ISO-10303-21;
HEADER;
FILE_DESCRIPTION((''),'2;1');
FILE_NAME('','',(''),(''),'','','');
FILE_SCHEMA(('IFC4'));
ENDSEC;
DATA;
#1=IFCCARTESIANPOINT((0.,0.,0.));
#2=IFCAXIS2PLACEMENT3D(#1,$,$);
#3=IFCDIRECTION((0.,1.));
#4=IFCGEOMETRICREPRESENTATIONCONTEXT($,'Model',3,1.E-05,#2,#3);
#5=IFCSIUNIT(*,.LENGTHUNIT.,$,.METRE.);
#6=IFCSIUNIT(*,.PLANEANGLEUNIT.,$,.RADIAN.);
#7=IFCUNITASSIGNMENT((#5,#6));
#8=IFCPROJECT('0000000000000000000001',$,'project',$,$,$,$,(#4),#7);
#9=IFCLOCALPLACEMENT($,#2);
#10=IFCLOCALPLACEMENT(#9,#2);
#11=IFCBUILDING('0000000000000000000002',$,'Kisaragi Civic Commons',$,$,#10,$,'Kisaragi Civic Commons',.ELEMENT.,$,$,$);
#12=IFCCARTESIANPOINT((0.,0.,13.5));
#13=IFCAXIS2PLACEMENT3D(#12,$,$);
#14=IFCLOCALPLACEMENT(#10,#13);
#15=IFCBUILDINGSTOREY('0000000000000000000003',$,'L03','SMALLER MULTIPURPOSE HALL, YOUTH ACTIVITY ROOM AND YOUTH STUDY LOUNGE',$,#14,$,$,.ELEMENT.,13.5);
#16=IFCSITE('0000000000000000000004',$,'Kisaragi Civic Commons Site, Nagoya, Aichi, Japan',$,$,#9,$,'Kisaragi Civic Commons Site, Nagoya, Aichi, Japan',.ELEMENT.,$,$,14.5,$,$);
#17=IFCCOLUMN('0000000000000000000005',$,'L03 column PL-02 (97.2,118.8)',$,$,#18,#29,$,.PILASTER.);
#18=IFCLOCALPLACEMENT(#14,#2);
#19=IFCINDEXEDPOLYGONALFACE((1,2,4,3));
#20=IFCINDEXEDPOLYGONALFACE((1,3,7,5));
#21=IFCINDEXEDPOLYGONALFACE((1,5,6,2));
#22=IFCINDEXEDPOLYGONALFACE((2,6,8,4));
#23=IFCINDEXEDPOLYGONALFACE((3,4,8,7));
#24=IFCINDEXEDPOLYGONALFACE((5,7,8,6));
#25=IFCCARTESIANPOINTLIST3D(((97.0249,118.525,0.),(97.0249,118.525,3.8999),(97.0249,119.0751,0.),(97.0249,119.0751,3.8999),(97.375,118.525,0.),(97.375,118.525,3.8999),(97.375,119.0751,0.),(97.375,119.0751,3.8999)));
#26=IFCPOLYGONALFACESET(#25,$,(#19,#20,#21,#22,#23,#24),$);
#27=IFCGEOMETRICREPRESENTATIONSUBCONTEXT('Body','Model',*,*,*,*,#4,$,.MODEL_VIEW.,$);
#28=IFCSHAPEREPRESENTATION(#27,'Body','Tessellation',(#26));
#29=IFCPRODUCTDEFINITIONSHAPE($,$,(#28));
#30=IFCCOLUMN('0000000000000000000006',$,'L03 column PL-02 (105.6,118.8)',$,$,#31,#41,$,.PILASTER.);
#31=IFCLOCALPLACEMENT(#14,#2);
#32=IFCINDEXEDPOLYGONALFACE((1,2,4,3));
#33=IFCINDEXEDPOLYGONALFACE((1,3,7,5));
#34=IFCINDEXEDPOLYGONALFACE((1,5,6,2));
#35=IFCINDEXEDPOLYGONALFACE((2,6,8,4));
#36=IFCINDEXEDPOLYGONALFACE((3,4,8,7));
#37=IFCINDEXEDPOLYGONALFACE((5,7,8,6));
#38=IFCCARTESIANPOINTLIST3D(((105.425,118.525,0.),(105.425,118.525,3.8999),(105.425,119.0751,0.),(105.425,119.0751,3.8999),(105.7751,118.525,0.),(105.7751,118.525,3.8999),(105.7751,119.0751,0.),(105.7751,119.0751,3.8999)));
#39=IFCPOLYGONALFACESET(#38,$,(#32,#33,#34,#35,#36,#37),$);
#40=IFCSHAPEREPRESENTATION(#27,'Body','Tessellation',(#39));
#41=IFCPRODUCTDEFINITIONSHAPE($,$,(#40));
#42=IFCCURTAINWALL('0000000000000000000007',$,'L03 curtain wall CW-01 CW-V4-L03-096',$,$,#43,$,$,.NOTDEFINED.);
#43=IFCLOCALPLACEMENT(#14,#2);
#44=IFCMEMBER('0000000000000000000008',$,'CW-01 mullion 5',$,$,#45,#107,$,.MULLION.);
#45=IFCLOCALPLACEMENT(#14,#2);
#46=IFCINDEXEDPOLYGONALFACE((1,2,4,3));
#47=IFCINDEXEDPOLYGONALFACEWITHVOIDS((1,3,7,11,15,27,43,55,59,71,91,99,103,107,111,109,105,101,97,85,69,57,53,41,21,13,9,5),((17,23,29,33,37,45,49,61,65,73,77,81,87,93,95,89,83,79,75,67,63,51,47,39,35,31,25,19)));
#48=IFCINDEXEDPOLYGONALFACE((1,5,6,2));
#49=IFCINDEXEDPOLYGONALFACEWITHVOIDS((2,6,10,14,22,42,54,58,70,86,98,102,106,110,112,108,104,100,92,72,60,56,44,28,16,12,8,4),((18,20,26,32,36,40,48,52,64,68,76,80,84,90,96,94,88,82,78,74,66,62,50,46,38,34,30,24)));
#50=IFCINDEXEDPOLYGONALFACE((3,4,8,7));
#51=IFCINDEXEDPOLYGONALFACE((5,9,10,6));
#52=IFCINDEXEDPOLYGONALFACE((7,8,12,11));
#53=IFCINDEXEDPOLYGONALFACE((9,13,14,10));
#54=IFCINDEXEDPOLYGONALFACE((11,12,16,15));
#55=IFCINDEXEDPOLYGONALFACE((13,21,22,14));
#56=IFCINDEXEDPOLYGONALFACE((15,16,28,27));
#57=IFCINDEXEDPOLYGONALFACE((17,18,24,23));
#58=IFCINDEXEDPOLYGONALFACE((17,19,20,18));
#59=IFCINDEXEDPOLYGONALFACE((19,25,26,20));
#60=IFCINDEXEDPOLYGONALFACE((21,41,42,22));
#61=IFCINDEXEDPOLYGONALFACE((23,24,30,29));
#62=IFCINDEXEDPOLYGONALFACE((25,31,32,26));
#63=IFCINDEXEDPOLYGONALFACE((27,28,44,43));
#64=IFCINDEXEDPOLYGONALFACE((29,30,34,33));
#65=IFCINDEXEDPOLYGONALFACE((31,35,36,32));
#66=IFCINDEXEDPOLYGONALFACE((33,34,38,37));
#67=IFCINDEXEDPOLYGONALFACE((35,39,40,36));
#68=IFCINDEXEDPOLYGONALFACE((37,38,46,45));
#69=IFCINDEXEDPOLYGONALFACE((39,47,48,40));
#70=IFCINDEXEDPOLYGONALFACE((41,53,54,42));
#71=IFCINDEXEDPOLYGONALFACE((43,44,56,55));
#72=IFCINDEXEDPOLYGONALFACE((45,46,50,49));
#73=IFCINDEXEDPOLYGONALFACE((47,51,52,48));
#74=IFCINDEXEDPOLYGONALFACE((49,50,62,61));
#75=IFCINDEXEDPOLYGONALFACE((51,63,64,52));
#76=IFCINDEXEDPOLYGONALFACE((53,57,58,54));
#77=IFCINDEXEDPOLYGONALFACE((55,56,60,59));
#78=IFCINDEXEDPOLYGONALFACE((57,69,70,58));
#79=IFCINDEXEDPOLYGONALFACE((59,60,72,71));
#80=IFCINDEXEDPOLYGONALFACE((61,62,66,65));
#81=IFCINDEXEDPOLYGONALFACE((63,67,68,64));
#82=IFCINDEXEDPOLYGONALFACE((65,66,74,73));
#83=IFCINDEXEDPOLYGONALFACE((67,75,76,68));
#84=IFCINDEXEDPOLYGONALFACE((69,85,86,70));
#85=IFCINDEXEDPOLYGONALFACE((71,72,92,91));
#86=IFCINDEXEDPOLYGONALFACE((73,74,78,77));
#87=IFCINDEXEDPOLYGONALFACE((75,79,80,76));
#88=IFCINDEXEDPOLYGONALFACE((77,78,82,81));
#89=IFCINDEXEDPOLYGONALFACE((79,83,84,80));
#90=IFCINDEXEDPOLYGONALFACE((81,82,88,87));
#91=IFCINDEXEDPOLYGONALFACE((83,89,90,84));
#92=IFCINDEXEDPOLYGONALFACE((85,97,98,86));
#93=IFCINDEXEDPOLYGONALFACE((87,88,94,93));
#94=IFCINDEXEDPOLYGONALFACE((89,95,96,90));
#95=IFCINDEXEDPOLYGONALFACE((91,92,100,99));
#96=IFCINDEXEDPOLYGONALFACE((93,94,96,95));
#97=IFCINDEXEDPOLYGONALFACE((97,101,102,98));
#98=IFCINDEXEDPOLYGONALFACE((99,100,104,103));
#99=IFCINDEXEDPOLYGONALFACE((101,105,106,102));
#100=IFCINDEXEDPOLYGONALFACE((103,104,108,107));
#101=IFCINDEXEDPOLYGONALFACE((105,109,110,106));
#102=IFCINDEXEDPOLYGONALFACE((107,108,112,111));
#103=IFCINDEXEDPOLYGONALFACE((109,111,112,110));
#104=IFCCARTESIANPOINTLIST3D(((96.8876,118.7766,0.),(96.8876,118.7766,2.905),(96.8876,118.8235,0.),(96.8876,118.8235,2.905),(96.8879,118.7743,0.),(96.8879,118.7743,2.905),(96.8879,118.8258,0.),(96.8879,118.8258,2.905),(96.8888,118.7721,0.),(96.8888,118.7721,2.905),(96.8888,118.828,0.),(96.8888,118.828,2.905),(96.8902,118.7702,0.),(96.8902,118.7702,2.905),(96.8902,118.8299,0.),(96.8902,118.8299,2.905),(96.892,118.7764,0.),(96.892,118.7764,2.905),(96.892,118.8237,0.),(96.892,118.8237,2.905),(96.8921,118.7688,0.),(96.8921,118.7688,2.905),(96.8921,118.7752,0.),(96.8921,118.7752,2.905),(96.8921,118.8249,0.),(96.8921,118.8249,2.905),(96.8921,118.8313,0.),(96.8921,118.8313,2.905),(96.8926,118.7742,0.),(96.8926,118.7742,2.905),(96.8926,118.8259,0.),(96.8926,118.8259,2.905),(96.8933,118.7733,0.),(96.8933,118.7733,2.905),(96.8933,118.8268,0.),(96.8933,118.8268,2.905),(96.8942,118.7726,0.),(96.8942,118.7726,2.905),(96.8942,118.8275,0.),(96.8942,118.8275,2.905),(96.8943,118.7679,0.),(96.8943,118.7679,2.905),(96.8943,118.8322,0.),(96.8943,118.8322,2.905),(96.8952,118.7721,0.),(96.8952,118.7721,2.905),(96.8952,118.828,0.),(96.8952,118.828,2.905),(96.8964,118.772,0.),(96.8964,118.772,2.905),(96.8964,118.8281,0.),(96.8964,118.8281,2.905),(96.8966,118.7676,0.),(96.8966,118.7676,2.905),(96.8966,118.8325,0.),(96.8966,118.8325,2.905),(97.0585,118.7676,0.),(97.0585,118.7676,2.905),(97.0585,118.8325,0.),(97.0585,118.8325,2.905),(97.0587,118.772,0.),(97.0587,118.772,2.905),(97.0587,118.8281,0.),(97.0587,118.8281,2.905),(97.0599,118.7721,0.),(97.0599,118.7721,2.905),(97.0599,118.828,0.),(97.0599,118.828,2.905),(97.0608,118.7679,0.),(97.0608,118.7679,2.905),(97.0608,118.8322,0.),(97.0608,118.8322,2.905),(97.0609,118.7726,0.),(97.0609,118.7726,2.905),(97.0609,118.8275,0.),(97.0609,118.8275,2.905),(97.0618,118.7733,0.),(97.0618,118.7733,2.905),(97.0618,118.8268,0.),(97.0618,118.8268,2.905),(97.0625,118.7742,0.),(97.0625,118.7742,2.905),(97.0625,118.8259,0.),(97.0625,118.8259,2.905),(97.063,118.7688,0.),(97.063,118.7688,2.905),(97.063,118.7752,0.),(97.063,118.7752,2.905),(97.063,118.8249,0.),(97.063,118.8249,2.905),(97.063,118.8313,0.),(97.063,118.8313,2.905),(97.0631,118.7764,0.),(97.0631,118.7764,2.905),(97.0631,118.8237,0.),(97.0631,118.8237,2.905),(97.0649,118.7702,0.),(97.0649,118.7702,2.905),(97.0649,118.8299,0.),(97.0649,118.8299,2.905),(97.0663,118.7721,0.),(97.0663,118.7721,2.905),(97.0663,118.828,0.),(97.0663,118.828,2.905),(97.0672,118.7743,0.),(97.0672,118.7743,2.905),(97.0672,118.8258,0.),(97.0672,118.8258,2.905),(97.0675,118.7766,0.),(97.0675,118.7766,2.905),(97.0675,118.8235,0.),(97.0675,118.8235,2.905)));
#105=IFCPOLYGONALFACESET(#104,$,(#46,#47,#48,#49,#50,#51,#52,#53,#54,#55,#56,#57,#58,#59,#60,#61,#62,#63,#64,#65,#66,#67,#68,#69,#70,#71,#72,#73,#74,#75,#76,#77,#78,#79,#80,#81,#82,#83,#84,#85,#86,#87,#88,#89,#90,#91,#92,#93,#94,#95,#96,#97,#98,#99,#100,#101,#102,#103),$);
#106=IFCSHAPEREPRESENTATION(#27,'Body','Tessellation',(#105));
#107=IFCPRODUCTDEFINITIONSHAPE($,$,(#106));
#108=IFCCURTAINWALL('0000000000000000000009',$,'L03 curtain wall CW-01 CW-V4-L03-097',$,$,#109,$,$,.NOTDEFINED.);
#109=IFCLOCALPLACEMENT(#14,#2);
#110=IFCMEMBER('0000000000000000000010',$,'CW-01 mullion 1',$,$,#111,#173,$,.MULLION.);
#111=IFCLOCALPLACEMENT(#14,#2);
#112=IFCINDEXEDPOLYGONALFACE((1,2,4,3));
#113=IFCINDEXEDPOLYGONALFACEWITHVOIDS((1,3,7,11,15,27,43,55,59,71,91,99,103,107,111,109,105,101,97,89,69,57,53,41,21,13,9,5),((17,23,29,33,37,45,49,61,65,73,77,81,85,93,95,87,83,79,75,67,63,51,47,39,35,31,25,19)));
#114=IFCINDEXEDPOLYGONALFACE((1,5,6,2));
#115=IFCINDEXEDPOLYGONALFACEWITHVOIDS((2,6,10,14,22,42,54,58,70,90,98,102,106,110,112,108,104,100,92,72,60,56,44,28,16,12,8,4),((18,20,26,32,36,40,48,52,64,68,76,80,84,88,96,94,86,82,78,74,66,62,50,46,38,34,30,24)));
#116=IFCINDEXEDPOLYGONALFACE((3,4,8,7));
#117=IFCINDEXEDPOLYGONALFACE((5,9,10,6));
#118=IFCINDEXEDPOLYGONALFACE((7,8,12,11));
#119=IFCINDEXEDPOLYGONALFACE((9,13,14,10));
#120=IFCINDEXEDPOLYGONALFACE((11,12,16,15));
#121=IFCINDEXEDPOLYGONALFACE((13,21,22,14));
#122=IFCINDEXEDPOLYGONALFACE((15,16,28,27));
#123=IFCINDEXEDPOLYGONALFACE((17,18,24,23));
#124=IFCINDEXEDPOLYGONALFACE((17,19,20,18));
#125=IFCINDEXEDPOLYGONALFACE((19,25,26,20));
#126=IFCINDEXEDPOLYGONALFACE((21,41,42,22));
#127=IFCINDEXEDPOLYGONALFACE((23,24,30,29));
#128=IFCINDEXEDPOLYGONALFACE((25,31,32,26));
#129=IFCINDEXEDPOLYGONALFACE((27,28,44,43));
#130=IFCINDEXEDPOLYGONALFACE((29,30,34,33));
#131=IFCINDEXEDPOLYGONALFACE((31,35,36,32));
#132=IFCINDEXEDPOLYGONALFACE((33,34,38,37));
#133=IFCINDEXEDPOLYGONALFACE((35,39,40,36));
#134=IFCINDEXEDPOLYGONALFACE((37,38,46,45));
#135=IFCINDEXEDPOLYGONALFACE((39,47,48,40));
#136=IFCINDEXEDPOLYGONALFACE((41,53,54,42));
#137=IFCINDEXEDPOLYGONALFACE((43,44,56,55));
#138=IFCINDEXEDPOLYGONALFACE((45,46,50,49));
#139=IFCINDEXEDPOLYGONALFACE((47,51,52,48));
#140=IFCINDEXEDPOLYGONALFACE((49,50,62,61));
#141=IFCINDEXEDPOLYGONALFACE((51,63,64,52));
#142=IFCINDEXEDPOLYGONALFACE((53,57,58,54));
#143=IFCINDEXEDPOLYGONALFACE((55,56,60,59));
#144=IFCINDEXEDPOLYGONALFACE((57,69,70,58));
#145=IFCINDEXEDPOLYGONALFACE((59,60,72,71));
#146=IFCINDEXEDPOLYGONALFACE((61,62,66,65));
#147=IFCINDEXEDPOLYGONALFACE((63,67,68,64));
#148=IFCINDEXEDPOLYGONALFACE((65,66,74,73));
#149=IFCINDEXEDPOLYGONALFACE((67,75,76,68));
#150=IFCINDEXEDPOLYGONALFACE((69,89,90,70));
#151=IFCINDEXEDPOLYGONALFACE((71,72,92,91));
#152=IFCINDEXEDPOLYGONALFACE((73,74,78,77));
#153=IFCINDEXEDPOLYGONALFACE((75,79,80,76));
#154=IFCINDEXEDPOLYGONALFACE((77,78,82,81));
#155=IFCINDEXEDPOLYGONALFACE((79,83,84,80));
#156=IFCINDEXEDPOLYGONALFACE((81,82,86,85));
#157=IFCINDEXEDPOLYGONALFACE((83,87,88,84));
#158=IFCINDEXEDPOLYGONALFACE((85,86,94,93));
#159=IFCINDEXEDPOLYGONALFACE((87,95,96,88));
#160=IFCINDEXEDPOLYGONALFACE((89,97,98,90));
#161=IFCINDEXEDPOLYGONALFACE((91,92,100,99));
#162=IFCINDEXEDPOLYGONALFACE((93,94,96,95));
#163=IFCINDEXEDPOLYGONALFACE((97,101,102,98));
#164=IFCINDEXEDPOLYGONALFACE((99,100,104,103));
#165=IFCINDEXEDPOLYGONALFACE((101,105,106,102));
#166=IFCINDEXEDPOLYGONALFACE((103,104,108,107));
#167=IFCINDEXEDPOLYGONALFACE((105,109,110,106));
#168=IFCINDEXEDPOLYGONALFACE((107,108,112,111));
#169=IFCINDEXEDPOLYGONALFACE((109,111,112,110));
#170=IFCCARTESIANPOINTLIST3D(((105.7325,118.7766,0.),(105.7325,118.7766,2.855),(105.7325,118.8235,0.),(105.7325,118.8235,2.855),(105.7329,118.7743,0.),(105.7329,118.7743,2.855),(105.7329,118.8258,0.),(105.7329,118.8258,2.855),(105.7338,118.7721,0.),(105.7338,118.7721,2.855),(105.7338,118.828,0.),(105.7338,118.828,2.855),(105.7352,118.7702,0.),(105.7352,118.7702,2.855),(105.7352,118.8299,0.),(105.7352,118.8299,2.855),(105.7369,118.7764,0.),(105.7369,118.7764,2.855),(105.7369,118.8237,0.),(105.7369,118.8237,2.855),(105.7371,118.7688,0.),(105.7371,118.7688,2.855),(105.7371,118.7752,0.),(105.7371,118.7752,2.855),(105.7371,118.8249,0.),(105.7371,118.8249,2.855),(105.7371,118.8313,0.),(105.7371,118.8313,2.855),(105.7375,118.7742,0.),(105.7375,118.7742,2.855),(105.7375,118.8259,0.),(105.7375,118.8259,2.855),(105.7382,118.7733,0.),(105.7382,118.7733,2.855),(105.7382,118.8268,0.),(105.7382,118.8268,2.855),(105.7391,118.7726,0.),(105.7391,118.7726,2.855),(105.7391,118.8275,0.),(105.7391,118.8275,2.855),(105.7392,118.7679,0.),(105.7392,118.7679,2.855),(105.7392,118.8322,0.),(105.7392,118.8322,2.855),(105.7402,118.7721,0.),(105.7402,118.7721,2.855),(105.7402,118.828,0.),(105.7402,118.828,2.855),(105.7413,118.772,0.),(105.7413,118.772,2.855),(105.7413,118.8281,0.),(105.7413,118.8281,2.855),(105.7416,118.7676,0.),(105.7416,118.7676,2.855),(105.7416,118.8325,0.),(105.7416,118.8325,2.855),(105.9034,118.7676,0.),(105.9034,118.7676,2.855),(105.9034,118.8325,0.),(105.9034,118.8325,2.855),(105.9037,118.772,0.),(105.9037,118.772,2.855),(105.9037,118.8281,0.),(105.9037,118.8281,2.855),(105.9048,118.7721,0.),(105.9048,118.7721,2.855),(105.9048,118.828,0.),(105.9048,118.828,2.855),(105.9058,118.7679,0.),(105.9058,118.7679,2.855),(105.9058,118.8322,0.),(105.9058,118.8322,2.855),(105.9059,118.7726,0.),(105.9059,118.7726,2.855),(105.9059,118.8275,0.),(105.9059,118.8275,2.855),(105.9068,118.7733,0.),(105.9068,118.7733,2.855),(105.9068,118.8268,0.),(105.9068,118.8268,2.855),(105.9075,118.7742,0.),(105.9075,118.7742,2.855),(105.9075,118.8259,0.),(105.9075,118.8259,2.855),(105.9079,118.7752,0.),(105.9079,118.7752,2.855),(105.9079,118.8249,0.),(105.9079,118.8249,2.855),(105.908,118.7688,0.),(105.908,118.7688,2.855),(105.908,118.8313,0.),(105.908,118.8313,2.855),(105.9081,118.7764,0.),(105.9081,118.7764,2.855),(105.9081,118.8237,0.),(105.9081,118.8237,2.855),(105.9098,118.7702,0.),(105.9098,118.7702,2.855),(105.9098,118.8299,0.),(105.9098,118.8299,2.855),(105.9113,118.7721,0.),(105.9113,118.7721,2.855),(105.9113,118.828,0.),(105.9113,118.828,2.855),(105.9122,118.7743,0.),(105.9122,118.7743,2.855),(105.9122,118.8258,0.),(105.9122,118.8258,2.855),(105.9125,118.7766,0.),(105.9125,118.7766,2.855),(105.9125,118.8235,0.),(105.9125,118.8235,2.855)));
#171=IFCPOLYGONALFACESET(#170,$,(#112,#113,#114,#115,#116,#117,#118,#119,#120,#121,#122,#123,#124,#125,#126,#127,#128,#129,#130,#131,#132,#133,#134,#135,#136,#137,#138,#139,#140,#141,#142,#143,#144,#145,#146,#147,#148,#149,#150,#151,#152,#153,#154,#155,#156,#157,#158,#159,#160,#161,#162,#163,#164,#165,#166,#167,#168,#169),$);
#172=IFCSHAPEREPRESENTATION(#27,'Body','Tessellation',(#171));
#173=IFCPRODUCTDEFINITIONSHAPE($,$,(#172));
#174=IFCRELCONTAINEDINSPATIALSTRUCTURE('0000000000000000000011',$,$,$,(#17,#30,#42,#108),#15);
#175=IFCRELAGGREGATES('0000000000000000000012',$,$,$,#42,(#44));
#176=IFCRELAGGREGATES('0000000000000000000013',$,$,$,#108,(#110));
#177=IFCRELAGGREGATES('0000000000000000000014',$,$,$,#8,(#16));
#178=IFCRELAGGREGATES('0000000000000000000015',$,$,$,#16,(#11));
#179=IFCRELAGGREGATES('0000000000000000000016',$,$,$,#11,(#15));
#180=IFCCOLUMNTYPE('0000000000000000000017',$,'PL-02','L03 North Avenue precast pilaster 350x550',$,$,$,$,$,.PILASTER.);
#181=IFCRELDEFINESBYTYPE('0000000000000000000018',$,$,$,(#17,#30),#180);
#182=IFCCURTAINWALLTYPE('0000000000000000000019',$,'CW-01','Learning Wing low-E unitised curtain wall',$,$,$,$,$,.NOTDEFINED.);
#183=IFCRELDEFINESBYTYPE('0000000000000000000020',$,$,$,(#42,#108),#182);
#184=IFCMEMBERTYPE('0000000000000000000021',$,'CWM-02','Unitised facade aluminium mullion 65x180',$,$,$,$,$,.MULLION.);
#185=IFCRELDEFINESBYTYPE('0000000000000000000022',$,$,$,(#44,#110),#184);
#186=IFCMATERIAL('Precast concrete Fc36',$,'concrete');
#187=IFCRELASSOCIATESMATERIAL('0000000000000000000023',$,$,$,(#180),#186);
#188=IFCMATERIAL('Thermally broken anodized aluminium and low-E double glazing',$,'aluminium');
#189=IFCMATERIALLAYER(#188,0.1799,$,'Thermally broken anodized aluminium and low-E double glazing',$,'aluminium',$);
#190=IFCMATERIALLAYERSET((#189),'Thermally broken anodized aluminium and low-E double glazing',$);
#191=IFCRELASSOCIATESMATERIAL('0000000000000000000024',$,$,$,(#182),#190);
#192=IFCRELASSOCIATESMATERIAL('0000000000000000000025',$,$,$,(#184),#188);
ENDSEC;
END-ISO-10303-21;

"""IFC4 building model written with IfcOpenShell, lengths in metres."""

from ifc_helpers import new_model, si_unit, direction, frame, origin, origin_2d, place, context, subcontext, project, spatial, rectangle, hollow_rectangle, extrude, material, layer, layer_set, material_profile, profile_set, type_object, element, aggregate, save


model = new_model("IFC4")

# Units and contexts
model_context = context("Model", 3, precision=1e-05, world=origin(), true_north=direction((0.0, 1.0)))
body_context = subcontext(model_context, "Body", "Model", "MODEL_VIEW")
ifc_project = project(units=[si_unit("LENGTHUNIT", "METRE"), si_unit("PLANEANGLEUNIT", "RADIAN")], contexts=[model_context])

# Site, building, storey
site_placement = place(None, origin())
site = spatial("IfcSite", under=ifc_project, at=site_placement, Name="Kisaragi Civic Commons Site, Nagoya, Aichi, Japan", LongName="Kisaragi Civic Commons Site, Nagoya, Aichi, Japan", CompositionType="ELEMENT", RefElevation=14.5)
building_placement = place(site_placement, origin())
building = spatial("IfcBuilding", under=site, at=building_placement, Name="Kisaragi Civic Commons", LongName="Kisaragi Civic Commons", CompositionType="ELEMENT")
storey_placement = place(building_placement, frame((0.0, 0.0, 13.5)))
storey = spatial("IfcBuildingStorey", under=building, at=storey_placement, Name="L03", Description="SMALLER MULTIPURPOSE HALL, YOUTH ACTIVITY ROOM AND YOUTH STUDY LOUNGE", CompositionType="ELEMENT", Elevation=13.5)

# Columns
ifc_material_1 = material(Name="Precast concrete Fc36", Category="concrete")
ifc_material_profile_1 = material_profile(ifc_material_1, rectangle(XDim=0.3501, YDim=0.55, at=origin_2d()), Name="RC-350x550", Category="concrete")
ifc_profile_set_1 = profile_set([ifc_material_profile_1], Name="Precast concrete Fc36")
column_type = type_object("IfcColumnType", Name="PL-02", Description="L03 North Avenue precast pilaster 350x550", PredefinedType="PILASTER", material=ifc_profile_set_1)
for number, where, z_axis, x_axis, name in (
    (1, (97.2, 118.8, 0.0), (0.0, 0.0, 1.0), (1.0, 0.0, 0.0), "L03 column PL-02 (97.2,118.8)"),
    (2, (105.6001, 118.8, 0.0), (0.0, 0.0, 1.0), (1.0, 0.0, 0.0), "L03 column PL-02 (105.6,118.8)"),
):
    element("IfcColumn", number, at=place(storey_placement, frame(where, z_axis=z_axis, x_axis=x_axis)), inside=storey, type_object=column_type, Name=name, PredefinedType="PILASTER", context=body_context, shape_type="SweptSolid", body=[
        extrude(rectangle(XDim=0.3501, YDim=0.55, at=origin_2d()), origin(), (0.0, 0.0, 1.0), 3.8999),
    ])

# Curtain wall, member
ifc_material_2 = material(Name="Thermally broken anodized aluminium and low-E double glazing", Category="aluminium")
ifc_layer_1 = layer(ifc_material_2, 0.1799, Name="Thermally broken anodized aluminium and low-E double glazing", Category="aluminium")
ifc_layer_set_1 = layer_set([ifc_layer_1], Name="Thermally broken anodized aluminium and low-E double glazing")
curtain_wall_type = type_object("IfcCurtainWallType", Name="CW-01", Description="Learning Wing low-E unitised curtain wall", PredefinedType="NOTDEFINED", material=ifc_layer_set_1)
curtain_wall_1_placement = place(storey_placement, origin())
curtain_wall_1 = element("IfcCurtainWall", 3, at=curtain_wall_1_placement, inside=storey, type_object=curtain_wall_type, Name="L03 curtain wall CW-01 CW-V4-L03-096", PredefinedType="NOTDEFINED")
ifc_material_profile_2 = material_profile(ifc_material_2, hollow_rectangle(XDim=0.0649, YDim=0.1799, WallThickness=0.0044, InnerFilletRadius=0.0044, OuterFilletRadius=0.009, at=origin_2d()), Name="CWM-65x180x4.5", Category="aluminium")
ifc_profile_set_2 = profile_set([ifc_material_profile_2], Name="Thermally broken anodized aluminium and low-E double glazing")
member_type_1 = type_object("IfcMemberType", Name="CWM-02", Description="Unitised facade aluminium mullion 65x180", PredefinedType="MULLION", material=ifc_profile_set_2)
member_1_placement = place(storey_placement, frame((96.9775, 118.8, 0.0), z_axis=(0.0, 0.0, 1.0), x_axis=(0.0, 1.0, 0.0)))
member_1 = element("IfcMember", 4, at=member_1_placement, type_object=member_type_1, Name="CW-01 mullion 5", PredefinedType="MULLION", context=body_context, shape_type="SweptSolid", body=[
    extrude(hollow_rectangle(XDim=0.0649, YDim=0.1799, WallThickness=0.0044, InnerFilletRadius=0.0044, OuterFilletRadius=0.009, at=origin_2d()), origin(), (0.0, 0.0, 1.0), 2.905),
])

# Curtain wall, member
curtain_wall_2_placement = place(storey_placement, origin())
curtain_wall_2 = element("IfcCurtainWall", 5, at=curtain_wall_2_placement, inside=storey, type_object=curtain_wall_type, Name="L03 curtain wall CW-01 CW-V4-L03-097", PredefinedType="NOTDEFINED")
member_2_placement = place(storey_placement, frame((105.8225, 118.8, 0.0), z_axis=(0.0, 0.0, 1.0), x_axis=(0.0, 1.0, 0.0)))
member_2 = element("IfcMember", 6, at=member_2_placement, type_object=member_type_1, Name="CW-01 mullion 1", PredefinedType="MULLION", context=body_context, shape_type="SweptSolid", body=[
    extrude(hollow_rectangle(XDim=0.0649, YDim=0.1799, WallThickness=0.0044, InnerFilletRadius=0.0044, OuterFilletRadius=0.009, at=origin_2d()), origin(), (0.0, 0.0, 1.0), 2.855),
])

aggregate(curtain_wall_1, [member_1])
aggregate(curtain_wall_2, [member_2])

save(model, "model.ifc")
